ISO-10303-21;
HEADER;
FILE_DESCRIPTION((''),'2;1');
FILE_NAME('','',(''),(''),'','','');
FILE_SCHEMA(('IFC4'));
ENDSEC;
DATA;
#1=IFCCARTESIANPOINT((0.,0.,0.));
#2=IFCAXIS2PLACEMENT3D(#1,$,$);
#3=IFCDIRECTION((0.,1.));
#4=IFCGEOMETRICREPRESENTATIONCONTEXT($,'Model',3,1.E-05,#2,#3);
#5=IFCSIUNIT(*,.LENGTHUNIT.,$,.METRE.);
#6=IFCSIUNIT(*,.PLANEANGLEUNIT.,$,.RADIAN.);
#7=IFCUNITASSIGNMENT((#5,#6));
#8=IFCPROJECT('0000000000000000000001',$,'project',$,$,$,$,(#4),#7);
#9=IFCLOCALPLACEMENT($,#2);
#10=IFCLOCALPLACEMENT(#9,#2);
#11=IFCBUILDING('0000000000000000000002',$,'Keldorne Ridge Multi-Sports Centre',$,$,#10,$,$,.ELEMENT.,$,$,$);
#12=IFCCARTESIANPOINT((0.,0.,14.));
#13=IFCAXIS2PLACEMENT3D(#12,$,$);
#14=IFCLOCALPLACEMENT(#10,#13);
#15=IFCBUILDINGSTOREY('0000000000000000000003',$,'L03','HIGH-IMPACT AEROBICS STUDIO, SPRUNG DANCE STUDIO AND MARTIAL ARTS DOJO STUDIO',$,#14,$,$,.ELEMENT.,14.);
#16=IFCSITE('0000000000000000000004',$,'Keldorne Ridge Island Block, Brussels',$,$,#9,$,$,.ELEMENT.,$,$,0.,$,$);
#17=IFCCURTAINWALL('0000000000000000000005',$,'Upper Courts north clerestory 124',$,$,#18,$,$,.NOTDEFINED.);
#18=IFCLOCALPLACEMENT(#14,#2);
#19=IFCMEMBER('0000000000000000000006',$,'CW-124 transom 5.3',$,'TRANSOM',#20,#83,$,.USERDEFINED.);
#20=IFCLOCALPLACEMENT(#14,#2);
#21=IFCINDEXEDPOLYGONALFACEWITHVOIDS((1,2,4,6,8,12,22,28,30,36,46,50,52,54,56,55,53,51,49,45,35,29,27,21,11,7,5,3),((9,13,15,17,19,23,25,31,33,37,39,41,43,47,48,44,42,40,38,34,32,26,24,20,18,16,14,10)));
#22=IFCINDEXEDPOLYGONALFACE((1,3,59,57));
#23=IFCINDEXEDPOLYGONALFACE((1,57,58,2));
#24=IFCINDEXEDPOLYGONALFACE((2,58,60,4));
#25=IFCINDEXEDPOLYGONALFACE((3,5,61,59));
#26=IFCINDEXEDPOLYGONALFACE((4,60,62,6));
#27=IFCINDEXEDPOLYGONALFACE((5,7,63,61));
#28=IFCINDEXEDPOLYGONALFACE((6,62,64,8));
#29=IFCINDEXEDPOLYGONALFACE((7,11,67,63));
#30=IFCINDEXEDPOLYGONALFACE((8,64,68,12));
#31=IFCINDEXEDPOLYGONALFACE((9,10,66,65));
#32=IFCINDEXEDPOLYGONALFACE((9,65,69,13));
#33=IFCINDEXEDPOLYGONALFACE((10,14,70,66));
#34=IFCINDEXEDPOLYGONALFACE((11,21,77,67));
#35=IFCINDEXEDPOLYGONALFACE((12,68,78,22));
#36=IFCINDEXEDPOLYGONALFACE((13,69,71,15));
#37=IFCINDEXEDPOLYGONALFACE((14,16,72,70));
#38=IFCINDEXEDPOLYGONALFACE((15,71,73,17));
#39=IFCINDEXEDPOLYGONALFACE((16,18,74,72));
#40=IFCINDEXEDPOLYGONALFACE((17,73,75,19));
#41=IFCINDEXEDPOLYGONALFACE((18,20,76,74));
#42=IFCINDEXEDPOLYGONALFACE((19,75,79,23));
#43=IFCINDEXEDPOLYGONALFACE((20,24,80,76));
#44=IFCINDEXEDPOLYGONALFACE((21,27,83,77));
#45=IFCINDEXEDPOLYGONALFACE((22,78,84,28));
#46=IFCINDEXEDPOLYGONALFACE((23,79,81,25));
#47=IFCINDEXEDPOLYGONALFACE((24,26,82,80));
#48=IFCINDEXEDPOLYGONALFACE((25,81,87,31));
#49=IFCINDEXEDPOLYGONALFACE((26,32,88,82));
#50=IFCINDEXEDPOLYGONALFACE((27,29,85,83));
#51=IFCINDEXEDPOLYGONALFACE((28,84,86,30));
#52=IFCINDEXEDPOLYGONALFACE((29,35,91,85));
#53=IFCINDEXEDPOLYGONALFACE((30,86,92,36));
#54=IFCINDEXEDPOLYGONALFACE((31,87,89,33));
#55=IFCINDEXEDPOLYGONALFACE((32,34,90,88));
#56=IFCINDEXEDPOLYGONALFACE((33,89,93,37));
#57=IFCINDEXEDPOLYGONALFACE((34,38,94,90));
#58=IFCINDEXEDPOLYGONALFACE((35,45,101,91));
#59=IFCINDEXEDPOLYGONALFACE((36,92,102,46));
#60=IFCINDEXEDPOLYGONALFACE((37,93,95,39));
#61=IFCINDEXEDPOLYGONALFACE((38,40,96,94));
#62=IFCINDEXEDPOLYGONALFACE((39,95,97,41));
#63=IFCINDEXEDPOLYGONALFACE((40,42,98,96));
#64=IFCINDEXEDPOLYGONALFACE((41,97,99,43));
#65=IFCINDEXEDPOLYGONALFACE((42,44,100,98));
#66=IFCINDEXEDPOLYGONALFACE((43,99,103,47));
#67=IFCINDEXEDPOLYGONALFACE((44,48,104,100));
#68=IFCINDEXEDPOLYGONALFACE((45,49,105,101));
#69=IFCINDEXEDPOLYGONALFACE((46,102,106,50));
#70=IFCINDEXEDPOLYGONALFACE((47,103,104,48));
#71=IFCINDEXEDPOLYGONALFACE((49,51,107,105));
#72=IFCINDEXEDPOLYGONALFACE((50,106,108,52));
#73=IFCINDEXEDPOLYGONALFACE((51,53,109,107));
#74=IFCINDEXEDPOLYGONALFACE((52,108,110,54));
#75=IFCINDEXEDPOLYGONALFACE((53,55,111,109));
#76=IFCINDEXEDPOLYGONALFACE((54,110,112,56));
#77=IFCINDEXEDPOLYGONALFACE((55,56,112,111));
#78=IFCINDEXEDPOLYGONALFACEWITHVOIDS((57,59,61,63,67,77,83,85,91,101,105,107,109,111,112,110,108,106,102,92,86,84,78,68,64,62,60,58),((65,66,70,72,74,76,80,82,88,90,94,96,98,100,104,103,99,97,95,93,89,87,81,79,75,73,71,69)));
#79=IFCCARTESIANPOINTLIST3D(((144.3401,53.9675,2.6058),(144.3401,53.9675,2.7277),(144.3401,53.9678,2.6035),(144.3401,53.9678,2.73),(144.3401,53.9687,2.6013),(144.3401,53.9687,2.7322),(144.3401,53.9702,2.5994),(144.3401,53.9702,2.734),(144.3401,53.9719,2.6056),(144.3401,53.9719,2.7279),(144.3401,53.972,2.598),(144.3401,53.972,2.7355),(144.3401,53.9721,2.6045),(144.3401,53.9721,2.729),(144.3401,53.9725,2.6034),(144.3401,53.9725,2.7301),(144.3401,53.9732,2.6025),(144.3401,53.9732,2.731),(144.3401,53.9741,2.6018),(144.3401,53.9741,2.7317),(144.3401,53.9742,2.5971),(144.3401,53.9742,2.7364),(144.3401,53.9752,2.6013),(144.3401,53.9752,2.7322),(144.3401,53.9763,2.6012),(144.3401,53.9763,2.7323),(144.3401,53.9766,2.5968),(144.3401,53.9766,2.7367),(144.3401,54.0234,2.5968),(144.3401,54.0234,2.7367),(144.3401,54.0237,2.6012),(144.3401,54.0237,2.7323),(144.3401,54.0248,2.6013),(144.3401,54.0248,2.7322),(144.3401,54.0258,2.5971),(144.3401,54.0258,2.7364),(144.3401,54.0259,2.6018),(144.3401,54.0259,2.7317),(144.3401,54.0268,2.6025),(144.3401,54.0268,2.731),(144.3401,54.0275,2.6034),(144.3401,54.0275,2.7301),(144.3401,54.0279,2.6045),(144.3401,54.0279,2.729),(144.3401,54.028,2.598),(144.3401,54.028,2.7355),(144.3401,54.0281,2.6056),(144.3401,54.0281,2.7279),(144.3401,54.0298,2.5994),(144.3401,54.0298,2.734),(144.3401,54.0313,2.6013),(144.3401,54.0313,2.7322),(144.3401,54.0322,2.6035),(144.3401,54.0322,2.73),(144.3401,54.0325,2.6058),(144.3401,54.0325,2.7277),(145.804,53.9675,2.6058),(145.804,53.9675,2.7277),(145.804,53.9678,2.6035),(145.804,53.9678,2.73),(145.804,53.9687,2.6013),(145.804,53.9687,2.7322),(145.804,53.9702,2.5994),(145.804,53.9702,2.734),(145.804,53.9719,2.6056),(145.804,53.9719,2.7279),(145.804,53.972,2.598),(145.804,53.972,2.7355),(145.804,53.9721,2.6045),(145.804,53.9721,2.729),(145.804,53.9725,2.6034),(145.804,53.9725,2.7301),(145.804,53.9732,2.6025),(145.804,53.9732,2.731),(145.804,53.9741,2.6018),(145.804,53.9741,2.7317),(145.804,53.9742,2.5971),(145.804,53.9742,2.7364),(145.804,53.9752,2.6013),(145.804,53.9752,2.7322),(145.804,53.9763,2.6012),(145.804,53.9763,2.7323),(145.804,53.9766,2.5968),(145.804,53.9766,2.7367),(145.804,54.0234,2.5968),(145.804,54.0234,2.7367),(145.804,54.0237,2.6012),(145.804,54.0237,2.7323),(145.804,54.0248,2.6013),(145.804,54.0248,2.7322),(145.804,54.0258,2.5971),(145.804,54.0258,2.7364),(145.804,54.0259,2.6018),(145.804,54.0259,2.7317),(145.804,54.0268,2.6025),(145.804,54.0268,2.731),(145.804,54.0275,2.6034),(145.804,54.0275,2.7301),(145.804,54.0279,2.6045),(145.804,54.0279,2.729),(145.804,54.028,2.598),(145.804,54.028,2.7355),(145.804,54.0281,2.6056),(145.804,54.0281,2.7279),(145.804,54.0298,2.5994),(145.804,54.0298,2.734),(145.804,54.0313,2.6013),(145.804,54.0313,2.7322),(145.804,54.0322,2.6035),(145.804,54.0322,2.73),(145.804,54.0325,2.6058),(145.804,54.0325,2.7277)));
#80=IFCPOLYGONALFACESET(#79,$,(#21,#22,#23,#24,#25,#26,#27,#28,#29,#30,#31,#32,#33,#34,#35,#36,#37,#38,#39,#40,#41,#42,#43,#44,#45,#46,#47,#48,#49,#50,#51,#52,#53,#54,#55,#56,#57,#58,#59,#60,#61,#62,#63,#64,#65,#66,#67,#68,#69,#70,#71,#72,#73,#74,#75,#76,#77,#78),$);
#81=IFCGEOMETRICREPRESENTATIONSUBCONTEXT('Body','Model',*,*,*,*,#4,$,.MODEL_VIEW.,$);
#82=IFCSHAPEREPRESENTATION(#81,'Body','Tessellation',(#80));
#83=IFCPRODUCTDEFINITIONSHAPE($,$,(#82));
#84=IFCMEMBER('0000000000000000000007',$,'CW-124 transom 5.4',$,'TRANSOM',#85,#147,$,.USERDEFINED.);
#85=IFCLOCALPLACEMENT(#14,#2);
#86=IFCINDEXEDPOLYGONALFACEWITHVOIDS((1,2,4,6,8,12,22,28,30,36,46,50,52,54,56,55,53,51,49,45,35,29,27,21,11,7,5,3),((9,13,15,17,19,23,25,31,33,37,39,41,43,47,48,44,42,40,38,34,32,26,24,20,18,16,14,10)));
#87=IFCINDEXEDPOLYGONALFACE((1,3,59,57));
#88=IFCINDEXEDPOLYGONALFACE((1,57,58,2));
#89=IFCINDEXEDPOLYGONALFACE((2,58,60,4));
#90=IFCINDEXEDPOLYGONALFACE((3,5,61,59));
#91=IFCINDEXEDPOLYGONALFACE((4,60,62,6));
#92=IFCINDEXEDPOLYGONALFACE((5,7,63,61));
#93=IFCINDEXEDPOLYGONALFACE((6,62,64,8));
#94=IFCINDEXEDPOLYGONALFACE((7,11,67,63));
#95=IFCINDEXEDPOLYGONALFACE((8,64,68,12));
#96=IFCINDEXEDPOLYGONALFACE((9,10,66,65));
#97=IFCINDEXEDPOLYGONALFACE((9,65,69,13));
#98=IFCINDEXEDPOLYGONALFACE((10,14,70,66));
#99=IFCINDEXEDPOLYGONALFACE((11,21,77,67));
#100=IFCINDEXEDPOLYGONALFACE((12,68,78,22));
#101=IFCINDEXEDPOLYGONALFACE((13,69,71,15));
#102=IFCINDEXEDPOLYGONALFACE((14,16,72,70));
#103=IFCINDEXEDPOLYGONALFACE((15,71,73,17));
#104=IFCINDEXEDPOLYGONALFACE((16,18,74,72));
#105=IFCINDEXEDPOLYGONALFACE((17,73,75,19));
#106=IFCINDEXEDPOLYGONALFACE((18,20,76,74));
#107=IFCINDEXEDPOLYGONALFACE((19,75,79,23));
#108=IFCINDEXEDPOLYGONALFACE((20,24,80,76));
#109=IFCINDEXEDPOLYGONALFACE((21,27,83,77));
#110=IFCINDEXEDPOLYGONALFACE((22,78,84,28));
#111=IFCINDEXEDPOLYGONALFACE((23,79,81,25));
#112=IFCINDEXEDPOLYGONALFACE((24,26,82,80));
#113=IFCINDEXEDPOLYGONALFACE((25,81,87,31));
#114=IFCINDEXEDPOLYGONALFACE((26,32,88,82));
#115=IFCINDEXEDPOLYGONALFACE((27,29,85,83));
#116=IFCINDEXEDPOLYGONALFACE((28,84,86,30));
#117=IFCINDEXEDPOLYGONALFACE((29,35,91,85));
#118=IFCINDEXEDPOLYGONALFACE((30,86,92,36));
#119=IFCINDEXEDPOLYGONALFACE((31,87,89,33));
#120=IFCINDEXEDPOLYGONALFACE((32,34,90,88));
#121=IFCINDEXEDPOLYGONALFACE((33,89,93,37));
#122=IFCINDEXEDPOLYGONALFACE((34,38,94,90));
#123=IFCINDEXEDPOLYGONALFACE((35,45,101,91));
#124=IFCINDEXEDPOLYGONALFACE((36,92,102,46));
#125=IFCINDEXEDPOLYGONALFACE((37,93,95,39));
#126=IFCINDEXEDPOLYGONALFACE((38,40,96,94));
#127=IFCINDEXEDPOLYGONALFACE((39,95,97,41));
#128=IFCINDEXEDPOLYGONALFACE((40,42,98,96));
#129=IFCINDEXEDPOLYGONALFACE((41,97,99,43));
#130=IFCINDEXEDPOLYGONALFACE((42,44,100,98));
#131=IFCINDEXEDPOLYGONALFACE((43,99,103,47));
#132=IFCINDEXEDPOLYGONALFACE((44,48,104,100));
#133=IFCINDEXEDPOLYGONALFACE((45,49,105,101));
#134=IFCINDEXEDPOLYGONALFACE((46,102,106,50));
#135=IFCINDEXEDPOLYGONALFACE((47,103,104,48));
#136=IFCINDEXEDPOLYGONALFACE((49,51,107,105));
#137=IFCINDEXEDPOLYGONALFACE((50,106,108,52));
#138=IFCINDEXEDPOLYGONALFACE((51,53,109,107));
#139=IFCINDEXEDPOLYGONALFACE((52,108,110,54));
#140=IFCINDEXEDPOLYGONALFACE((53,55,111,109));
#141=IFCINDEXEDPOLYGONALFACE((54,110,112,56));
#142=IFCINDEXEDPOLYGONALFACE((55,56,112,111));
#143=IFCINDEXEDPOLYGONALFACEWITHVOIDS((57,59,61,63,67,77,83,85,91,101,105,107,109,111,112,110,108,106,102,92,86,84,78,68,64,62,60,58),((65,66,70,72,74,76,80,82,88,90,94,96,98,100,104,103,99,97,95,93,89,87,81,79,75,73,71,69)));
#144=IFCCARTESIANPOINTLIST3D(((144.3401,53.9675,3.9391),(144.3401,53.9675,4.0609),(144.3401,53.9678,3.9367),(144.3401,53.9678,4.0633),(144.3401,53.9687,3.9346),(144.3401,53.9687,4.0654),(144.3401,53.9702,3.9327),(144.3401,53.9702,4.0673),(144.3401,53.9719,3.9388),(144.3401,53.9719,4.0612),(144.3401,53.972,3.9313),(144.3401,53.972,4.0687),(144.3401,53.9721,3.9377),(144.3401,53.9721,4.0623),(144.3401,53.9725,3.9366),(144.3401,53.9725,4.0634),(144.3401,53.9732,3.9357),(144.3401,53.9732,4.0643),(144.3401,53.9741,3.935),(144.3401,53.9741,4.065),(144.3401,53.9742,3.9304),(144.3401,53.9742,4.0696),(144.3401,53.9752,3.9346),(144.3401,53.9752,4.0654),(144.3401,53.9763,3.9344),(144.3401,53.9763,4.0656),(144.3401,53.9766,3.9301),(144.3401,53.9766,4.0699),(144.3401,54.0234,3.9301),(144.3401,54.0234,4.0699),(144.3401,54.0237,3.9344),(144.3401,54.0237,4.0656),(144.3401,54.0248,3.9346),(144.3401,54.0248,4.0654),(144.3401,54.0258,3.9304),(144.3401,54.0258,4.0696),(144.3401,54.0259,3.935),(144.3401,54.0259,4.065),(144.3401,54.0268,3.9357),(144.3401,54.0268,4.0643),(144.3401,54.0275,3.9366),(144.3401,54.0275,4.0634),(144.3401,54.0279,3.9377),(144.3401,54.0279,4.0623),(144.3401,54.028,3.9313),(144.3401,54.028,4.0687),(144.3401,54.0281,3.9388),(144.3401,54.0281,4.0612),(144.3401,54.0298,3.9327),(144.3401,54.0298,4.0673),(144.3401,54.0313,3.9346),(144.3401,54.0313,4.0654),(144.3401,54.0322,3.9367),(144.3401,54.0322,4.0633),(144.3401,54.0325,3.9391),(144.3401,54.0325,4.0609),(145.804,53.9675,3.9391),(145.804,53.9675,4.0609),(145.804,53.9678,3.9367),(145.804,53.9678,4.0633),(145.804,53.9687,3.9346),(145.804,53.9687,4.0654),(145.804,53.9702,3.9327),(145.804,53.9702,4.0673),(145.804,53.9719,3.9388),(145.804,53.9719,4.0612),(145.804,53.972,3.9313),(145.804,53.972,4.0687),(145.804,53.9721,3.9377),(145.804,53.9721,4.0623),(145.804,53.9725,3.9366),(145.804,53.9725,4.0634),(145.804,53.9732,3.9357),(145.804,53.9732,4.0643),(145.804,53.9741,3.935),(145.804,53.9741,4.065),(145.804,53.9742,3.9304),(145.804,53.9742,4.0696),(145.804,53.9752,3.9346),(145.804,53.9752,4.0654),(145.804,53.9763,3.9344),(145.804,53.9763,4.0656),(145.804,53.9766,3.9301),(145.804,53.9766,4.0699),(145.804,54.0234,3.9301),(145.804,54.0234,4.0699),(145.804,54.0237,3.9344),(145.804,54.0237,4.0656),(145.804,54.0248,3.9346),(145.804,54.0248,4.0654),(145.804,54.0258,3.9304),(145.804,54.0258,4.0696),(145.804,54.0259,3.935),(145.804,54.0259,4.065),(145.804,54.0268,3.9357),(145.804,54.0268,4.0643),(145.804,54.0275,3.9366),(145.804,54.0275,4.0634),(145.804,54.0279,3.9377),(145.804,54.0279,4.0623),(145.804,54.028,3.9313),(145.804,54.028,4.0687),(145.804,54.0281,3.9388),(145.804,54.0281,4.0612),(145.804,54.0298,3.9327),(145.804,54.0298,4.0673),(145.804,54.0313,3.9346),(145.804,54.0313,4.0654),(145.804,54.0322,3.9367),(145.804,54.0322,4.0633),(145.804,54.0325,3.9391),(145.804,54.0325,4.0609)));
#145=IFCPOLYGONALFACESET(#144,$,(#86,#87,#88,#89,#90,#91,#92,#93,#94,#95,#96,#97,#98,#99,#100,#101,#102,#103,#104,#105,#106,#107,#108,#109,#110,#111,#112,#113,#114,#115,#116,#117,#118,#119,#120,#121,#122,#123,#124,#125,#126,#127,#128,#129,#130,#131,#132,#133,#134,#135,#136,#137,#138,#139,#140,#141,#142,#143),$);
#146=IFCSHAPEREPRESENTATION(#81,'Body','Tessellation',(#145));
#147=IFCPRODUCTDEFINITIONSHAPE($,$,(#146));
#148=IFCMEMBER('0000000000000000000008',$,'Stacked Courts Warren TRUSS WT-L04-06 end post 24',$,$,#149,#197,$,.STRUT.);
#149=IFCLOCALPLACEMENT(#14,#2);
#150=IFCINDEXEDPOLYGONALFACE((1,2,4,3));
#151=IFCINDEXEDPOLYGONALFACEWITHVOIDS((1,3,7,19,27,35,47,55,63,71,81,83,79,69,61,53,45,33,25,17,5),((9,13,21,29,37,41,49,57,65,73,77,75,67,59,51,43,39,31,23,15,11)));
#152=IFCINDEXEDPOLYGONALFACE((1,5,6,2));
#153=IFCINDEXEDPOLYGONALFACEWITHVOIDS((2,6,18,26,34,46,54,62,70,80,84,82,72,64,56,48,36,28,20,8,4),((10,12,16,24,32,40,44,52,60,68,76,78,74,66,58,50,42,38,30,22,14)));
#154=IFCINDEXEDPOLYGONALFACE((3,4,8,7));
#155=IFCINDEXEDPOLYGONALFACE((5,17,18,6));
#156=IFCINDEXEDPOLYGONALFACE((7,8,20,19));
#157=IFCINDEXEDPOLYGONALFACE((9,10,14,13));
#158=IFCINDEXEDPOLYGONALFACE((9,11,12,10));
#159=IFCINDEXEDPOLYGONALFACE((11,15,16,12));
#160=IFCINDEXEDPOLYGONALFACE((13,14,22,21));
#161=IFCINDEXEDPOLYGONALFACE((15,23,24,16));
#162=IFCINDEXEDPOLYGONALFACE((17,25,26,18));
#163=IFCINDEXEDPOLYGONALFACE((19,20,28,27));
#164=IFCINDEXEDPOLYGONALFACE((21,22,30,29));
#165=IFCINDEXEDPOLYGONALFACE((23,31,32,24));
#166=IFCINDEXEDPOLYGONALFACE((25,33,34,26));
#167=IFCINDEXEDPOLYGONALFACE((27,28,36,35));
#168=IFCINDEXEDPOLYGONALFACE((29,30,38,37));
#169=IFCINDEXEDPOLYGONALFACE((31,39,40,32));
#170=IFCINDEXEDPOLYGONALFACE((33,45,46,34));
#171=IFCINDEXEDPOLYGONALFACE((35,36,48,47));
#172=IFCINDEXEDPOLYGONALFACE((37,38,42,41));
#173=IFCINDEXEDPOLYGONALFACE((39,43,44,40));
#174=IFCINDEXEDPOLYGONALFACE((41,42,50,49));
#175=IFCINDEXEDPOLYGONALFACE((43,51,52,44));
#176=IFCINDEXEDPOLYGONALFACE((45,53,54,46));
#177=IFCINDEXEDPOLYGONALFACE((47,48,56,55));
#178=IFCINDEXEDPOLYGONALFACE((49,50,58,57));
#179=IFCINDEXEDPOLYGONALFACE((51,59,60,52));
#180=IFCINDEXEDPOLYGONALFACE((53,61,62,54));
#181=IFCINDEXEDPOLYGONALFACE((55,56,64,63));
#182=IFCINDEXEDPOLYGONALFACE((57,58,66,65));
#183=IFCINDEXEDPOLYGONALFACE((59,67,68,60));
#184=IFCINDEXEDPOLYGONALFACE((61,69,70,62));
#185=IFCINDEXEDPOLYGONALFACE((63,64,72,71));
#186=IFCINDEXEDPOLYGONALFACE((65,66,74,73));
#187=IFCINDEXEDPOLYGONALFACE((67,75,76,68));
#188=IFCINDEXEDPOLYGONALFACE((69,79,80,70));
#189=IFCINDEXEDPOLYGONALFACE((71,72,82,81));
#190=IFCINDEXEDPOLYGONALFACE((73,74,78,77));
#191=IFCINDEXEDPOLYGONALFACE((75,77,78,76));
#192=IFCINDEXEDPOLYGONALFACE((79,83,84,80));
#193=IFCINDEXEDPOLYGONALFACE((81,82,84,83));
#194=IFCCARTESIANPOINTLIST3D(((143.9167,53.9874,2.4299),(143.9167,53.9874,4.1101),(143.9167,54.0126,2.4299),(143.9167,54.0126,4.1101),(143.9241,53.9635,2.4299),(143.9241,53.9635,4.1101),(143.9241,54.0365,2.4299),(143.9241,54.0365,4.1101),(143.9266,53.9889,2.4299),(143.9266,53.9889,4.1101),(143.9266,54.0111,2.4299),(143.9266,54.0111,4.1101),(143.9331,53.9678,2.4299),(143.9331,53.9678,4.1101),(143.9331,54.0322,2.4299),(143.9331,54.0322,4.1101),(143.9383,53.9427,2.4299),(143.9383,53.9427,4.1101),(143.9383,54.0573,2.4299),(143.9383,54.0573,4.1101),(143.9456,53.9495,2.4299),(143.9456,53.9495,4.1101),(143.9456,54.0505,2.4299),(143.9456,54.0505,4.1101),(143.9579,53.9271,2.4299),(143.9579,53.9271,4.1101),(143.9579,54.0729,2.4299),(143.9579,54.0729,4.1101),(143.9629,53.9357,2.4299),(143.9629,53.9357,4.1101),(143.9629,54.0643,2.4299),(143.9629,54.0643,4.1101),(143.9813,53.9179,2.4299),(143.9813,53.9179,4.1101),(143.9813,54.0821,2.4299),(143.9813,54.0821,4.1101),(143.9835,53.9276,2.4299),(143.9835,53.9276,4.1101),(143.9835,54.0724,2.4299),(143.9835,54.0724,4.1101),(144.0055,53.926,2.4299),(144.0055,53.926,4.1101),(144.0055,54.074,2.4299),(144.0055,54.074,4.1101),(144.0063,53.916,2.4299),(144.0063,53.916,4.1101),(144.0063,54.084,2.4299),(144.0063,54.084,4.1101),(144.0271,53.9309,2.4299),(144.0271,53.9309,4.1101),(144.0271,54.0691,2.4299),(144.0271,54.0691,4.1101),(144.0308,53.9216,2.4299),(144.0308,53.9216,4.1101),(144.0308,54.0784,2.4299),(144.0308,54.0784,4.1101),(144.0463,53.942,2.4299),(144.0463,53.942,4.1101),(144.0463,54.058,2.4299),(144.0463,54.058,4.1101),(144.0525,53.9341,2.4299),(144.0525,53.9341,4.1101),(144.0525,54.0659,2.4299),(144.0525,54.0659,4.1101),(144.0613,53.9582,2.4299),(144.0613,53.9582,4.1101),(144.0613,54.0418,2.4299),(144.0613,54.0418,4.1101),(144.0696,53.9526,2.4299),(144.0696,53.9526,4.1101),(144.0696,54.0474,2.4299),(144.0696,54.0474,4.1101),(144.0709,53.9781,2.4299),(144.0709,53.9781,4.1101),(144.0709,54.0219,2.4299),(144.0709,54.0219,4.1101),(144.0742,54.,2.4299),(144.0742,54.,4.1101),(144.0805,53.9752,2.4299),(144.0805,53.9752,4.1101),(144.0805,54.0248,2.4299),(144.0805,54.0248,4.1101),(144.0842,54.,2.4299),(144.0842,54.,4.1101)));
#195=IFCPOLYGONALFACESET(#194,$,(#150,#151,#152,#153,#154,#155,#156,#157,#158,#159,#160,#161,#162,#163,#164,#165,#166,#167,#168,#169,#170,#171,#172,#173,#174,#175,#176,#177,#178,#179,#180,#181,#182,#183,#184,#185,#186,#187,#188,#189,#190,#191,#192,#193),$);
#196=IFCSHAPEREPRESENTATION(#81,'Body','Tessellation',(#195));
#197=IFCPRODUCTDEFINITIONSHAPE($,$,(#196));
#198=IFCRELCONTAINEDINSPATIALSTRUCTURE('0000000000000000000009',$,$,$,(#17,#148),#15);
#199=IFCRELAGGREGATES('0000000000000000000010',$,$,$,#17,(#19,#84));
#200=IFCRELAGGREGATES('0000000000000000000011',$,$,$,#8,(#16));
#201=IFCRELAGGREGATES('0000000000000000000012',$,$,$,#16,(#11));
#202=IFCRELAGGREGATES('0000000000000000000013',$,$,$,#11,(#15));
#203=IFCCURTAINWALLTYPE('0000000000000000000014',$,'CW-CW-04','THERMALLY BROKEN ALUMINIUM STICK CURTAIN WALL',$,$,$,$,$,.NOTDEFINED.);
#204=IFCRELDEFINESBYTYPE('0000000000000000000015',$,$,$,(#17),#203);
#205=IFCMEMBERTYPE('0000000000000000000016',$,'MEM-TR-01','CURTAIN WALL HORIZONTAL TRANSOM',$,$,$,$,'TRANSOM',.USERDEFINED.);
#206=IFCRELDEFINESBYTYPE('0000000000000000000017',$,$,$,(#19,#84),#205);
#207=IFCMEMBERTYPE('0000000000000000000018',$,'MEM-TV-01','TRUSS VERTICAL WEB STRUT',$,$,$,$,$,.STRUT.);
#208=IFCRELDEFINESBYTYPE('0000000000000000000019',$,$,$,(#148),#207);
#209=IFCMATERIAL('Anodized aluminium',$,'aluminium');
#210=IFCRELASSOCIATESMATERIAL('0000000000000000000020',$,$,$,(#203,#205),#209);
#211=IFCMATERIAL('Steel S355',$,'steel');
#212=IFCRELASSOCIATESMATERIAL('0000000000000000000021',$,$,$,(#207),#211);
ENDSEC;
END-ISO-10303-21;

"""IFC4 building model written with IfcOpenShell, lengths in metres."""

from ifc_helpers import new_model, si_unit, direction, frame, origin, origin_2d, place, context, subcontext, project, spatial, hollow_rectangle, hollow_circle, extrude, material, material_profile, profile_set, type_object, element, aggregate, save


model = new_model("IFC4")

# Units and contexts
model_context = context("Model", 3, precision=1e-05, world=origin(), true_north=direction((0.0, 1.0)))
body_context = subcontext(model_context, "Body", "Model", "MODEL_VIEW")
ifc_project = project(units=[si_unit("LENGTHUNIT", "METRE"), si_unit("PLANEANGLEUNIT", "RADIAN")], contexts=[model_context])

# Site, building, storey
site_placement = place(None, origin())
site = spatial("IfcSite", under=ifc_project, at=site_placement, Name="Keldorne Ridge Island Block, Brussels", CompositionType="ELEMENT", RefElevation=0.0)
building_placement = place(site_placement, origin())
building = spatial("IfcBuilding", under=site, at=building_placement, Name="Keldorne Ridge Multi-Sports Centre", CompositionType="ELEMENT")
storey_placement = place(building_placement, frame((0.0, 0.0, 14.0)))
storey = spatial("IfcBuildingStorey", under=building, at=storey_placement, Name="L03", Description="HIGH-IMPACT AEROBICS STUDIO, SPRUNG DANCE STUDIO AND MARTIAL ARTS DOJO STUDIO", CompositionType="ELEMENT", Elevation=14.0)

# Shared definitions
ifc_material_1 = material(Name="Steel S355", Category="steel")

# Shared definitions
ifc_material_2 = material(Name="Anodized aluminium", Category="aluminium")

# Curtain wall
curtain_wall_type_1 = type_object("IfcCurtainWallType", Name="CW-CW-04", Description="THERMALLY BROKEN ALUMINIUM STICK CURTAIN WALL", PredefinedType="NOTDEFINED", material=ifc_material_2)
curtain_wall_1_placement = place(storey_placement, origin())
curtain_wall_1 = element("IfcCurtainWall", 1, at=curtain_wall_1_placement, inside=storey, type_object=curtain_wall_type_1, Name="Upper Courts north clerestory 124", PredefinedType="NOTDEFINED")

# Members
ifc_material_profile_1 = material_profile(ifc_material_2, hollow_rectangle(XDim=0.0649, YDim=0.1399, WallThickness=0.0044, InnerFilletRadius=0.0044, OuterFilletRadius=0.009, at=origin_2d()), Name="ALU TRANSOM 140x65x4.5")
ifc_profile_set_1 = profile_set([ifc_material_profile_1], Name="Anodized aluminium")
member_type_1 = type_object("IfcMemberType", Name="MEM-TR-01", Description="CURTAIN WALL HORIZONTAL TRANSOM", ElementType="TRANSOM", PredefinedType="USERDEFINED", material=ifc_profile_set_1)
member_1_placement = place(storey_placement, frame((145.804, 54.0, 2.6667), z_axis=(-1.0, 0.0, 0.0), x_axis=(0.0, -1.0, 0.0)))
member_1 = element("IfcMember", 2, at=member_1_placement, type_object=member_type_1, Name="CW-124 transom 5.3", ObjectType="TRANSOM", PredefinedType="USERDEFINED", context=body_context, shape_type="SweptSolid", body=[
    extrude(hollow_rectangle(XDim=0.0649, YDim=0.1399, WallThickness=0.0044, InnerFilletRadius=0.0044, OuterFilletRadius=0.009, at=origin_2d()), origin(), (0.0, 0.0, 1.0), 1.4639),
])
member_2_placement = place(storey_placement, frame((145.804, 54.0, 4.0), z_axis=(-1.0, 0.0, 0.0), x_axis=(0.0, -1.0, 0.0)))
member_2 = element("IfcMember", 3, at=member_2_placement, type_object=member_type_1, Name="CW-124 transom 5.4", ObjectType="TRANSOM", PredefinedType="USERDEFINED", context=body_context, shape_type="SweptSolid", body=[
    extrude(hollow_rectangle(XDim=0.0649, YDim=0.1399, WallThickness=0.0044, InnerFilletRadius=0.0044, OuterFilletRadius=0.009, at=origin_2d()), origin(), (0.0, 0.0, 1.0), 1.4639),
])
ifc_material_profile_2 = material_profile(ifc_material_1, hollow_circle(Radius=0.0842, WallThickness=0.01, at=origin_2d()), Name="CHS 168.3x10")
ifc_profile_set_2 = profile_set([ifc_material_profile_2], Name="Steel S355")
member_type_2 = type_object("IfcMemberType", Name="MEM-TV-01", Description="TRUSS VERTICAL WEB STRUT", PredefinedType="STRUT", material=ifc_profile_set_2)
member_3_placement = place(storey_placement, frame((144.0, 54.0, 2.4299), z_axis=(0.0, 0.0, 1.0), x_axis=(1.0, 0.0, 0.0)))
element("IfcMember", 4, at=member_3_placement, inside=storey, type_object=member_type_2, Name="Stacked Courts Warren TRUSS WT-L04-06 end post 24", PredefinedType="STRUT", context=body_context, shape_type="SweptSolid", body=[
    extrude(hollow_circle(Radius=0.0842, WallThickness=0.01, at=origin_2d()), origin(), (0.0, 0.0, 1.0), 1.6802),
])

aggregate(curtain_wall_1, [member_1, member_2])

save(model, "model.ifc")
